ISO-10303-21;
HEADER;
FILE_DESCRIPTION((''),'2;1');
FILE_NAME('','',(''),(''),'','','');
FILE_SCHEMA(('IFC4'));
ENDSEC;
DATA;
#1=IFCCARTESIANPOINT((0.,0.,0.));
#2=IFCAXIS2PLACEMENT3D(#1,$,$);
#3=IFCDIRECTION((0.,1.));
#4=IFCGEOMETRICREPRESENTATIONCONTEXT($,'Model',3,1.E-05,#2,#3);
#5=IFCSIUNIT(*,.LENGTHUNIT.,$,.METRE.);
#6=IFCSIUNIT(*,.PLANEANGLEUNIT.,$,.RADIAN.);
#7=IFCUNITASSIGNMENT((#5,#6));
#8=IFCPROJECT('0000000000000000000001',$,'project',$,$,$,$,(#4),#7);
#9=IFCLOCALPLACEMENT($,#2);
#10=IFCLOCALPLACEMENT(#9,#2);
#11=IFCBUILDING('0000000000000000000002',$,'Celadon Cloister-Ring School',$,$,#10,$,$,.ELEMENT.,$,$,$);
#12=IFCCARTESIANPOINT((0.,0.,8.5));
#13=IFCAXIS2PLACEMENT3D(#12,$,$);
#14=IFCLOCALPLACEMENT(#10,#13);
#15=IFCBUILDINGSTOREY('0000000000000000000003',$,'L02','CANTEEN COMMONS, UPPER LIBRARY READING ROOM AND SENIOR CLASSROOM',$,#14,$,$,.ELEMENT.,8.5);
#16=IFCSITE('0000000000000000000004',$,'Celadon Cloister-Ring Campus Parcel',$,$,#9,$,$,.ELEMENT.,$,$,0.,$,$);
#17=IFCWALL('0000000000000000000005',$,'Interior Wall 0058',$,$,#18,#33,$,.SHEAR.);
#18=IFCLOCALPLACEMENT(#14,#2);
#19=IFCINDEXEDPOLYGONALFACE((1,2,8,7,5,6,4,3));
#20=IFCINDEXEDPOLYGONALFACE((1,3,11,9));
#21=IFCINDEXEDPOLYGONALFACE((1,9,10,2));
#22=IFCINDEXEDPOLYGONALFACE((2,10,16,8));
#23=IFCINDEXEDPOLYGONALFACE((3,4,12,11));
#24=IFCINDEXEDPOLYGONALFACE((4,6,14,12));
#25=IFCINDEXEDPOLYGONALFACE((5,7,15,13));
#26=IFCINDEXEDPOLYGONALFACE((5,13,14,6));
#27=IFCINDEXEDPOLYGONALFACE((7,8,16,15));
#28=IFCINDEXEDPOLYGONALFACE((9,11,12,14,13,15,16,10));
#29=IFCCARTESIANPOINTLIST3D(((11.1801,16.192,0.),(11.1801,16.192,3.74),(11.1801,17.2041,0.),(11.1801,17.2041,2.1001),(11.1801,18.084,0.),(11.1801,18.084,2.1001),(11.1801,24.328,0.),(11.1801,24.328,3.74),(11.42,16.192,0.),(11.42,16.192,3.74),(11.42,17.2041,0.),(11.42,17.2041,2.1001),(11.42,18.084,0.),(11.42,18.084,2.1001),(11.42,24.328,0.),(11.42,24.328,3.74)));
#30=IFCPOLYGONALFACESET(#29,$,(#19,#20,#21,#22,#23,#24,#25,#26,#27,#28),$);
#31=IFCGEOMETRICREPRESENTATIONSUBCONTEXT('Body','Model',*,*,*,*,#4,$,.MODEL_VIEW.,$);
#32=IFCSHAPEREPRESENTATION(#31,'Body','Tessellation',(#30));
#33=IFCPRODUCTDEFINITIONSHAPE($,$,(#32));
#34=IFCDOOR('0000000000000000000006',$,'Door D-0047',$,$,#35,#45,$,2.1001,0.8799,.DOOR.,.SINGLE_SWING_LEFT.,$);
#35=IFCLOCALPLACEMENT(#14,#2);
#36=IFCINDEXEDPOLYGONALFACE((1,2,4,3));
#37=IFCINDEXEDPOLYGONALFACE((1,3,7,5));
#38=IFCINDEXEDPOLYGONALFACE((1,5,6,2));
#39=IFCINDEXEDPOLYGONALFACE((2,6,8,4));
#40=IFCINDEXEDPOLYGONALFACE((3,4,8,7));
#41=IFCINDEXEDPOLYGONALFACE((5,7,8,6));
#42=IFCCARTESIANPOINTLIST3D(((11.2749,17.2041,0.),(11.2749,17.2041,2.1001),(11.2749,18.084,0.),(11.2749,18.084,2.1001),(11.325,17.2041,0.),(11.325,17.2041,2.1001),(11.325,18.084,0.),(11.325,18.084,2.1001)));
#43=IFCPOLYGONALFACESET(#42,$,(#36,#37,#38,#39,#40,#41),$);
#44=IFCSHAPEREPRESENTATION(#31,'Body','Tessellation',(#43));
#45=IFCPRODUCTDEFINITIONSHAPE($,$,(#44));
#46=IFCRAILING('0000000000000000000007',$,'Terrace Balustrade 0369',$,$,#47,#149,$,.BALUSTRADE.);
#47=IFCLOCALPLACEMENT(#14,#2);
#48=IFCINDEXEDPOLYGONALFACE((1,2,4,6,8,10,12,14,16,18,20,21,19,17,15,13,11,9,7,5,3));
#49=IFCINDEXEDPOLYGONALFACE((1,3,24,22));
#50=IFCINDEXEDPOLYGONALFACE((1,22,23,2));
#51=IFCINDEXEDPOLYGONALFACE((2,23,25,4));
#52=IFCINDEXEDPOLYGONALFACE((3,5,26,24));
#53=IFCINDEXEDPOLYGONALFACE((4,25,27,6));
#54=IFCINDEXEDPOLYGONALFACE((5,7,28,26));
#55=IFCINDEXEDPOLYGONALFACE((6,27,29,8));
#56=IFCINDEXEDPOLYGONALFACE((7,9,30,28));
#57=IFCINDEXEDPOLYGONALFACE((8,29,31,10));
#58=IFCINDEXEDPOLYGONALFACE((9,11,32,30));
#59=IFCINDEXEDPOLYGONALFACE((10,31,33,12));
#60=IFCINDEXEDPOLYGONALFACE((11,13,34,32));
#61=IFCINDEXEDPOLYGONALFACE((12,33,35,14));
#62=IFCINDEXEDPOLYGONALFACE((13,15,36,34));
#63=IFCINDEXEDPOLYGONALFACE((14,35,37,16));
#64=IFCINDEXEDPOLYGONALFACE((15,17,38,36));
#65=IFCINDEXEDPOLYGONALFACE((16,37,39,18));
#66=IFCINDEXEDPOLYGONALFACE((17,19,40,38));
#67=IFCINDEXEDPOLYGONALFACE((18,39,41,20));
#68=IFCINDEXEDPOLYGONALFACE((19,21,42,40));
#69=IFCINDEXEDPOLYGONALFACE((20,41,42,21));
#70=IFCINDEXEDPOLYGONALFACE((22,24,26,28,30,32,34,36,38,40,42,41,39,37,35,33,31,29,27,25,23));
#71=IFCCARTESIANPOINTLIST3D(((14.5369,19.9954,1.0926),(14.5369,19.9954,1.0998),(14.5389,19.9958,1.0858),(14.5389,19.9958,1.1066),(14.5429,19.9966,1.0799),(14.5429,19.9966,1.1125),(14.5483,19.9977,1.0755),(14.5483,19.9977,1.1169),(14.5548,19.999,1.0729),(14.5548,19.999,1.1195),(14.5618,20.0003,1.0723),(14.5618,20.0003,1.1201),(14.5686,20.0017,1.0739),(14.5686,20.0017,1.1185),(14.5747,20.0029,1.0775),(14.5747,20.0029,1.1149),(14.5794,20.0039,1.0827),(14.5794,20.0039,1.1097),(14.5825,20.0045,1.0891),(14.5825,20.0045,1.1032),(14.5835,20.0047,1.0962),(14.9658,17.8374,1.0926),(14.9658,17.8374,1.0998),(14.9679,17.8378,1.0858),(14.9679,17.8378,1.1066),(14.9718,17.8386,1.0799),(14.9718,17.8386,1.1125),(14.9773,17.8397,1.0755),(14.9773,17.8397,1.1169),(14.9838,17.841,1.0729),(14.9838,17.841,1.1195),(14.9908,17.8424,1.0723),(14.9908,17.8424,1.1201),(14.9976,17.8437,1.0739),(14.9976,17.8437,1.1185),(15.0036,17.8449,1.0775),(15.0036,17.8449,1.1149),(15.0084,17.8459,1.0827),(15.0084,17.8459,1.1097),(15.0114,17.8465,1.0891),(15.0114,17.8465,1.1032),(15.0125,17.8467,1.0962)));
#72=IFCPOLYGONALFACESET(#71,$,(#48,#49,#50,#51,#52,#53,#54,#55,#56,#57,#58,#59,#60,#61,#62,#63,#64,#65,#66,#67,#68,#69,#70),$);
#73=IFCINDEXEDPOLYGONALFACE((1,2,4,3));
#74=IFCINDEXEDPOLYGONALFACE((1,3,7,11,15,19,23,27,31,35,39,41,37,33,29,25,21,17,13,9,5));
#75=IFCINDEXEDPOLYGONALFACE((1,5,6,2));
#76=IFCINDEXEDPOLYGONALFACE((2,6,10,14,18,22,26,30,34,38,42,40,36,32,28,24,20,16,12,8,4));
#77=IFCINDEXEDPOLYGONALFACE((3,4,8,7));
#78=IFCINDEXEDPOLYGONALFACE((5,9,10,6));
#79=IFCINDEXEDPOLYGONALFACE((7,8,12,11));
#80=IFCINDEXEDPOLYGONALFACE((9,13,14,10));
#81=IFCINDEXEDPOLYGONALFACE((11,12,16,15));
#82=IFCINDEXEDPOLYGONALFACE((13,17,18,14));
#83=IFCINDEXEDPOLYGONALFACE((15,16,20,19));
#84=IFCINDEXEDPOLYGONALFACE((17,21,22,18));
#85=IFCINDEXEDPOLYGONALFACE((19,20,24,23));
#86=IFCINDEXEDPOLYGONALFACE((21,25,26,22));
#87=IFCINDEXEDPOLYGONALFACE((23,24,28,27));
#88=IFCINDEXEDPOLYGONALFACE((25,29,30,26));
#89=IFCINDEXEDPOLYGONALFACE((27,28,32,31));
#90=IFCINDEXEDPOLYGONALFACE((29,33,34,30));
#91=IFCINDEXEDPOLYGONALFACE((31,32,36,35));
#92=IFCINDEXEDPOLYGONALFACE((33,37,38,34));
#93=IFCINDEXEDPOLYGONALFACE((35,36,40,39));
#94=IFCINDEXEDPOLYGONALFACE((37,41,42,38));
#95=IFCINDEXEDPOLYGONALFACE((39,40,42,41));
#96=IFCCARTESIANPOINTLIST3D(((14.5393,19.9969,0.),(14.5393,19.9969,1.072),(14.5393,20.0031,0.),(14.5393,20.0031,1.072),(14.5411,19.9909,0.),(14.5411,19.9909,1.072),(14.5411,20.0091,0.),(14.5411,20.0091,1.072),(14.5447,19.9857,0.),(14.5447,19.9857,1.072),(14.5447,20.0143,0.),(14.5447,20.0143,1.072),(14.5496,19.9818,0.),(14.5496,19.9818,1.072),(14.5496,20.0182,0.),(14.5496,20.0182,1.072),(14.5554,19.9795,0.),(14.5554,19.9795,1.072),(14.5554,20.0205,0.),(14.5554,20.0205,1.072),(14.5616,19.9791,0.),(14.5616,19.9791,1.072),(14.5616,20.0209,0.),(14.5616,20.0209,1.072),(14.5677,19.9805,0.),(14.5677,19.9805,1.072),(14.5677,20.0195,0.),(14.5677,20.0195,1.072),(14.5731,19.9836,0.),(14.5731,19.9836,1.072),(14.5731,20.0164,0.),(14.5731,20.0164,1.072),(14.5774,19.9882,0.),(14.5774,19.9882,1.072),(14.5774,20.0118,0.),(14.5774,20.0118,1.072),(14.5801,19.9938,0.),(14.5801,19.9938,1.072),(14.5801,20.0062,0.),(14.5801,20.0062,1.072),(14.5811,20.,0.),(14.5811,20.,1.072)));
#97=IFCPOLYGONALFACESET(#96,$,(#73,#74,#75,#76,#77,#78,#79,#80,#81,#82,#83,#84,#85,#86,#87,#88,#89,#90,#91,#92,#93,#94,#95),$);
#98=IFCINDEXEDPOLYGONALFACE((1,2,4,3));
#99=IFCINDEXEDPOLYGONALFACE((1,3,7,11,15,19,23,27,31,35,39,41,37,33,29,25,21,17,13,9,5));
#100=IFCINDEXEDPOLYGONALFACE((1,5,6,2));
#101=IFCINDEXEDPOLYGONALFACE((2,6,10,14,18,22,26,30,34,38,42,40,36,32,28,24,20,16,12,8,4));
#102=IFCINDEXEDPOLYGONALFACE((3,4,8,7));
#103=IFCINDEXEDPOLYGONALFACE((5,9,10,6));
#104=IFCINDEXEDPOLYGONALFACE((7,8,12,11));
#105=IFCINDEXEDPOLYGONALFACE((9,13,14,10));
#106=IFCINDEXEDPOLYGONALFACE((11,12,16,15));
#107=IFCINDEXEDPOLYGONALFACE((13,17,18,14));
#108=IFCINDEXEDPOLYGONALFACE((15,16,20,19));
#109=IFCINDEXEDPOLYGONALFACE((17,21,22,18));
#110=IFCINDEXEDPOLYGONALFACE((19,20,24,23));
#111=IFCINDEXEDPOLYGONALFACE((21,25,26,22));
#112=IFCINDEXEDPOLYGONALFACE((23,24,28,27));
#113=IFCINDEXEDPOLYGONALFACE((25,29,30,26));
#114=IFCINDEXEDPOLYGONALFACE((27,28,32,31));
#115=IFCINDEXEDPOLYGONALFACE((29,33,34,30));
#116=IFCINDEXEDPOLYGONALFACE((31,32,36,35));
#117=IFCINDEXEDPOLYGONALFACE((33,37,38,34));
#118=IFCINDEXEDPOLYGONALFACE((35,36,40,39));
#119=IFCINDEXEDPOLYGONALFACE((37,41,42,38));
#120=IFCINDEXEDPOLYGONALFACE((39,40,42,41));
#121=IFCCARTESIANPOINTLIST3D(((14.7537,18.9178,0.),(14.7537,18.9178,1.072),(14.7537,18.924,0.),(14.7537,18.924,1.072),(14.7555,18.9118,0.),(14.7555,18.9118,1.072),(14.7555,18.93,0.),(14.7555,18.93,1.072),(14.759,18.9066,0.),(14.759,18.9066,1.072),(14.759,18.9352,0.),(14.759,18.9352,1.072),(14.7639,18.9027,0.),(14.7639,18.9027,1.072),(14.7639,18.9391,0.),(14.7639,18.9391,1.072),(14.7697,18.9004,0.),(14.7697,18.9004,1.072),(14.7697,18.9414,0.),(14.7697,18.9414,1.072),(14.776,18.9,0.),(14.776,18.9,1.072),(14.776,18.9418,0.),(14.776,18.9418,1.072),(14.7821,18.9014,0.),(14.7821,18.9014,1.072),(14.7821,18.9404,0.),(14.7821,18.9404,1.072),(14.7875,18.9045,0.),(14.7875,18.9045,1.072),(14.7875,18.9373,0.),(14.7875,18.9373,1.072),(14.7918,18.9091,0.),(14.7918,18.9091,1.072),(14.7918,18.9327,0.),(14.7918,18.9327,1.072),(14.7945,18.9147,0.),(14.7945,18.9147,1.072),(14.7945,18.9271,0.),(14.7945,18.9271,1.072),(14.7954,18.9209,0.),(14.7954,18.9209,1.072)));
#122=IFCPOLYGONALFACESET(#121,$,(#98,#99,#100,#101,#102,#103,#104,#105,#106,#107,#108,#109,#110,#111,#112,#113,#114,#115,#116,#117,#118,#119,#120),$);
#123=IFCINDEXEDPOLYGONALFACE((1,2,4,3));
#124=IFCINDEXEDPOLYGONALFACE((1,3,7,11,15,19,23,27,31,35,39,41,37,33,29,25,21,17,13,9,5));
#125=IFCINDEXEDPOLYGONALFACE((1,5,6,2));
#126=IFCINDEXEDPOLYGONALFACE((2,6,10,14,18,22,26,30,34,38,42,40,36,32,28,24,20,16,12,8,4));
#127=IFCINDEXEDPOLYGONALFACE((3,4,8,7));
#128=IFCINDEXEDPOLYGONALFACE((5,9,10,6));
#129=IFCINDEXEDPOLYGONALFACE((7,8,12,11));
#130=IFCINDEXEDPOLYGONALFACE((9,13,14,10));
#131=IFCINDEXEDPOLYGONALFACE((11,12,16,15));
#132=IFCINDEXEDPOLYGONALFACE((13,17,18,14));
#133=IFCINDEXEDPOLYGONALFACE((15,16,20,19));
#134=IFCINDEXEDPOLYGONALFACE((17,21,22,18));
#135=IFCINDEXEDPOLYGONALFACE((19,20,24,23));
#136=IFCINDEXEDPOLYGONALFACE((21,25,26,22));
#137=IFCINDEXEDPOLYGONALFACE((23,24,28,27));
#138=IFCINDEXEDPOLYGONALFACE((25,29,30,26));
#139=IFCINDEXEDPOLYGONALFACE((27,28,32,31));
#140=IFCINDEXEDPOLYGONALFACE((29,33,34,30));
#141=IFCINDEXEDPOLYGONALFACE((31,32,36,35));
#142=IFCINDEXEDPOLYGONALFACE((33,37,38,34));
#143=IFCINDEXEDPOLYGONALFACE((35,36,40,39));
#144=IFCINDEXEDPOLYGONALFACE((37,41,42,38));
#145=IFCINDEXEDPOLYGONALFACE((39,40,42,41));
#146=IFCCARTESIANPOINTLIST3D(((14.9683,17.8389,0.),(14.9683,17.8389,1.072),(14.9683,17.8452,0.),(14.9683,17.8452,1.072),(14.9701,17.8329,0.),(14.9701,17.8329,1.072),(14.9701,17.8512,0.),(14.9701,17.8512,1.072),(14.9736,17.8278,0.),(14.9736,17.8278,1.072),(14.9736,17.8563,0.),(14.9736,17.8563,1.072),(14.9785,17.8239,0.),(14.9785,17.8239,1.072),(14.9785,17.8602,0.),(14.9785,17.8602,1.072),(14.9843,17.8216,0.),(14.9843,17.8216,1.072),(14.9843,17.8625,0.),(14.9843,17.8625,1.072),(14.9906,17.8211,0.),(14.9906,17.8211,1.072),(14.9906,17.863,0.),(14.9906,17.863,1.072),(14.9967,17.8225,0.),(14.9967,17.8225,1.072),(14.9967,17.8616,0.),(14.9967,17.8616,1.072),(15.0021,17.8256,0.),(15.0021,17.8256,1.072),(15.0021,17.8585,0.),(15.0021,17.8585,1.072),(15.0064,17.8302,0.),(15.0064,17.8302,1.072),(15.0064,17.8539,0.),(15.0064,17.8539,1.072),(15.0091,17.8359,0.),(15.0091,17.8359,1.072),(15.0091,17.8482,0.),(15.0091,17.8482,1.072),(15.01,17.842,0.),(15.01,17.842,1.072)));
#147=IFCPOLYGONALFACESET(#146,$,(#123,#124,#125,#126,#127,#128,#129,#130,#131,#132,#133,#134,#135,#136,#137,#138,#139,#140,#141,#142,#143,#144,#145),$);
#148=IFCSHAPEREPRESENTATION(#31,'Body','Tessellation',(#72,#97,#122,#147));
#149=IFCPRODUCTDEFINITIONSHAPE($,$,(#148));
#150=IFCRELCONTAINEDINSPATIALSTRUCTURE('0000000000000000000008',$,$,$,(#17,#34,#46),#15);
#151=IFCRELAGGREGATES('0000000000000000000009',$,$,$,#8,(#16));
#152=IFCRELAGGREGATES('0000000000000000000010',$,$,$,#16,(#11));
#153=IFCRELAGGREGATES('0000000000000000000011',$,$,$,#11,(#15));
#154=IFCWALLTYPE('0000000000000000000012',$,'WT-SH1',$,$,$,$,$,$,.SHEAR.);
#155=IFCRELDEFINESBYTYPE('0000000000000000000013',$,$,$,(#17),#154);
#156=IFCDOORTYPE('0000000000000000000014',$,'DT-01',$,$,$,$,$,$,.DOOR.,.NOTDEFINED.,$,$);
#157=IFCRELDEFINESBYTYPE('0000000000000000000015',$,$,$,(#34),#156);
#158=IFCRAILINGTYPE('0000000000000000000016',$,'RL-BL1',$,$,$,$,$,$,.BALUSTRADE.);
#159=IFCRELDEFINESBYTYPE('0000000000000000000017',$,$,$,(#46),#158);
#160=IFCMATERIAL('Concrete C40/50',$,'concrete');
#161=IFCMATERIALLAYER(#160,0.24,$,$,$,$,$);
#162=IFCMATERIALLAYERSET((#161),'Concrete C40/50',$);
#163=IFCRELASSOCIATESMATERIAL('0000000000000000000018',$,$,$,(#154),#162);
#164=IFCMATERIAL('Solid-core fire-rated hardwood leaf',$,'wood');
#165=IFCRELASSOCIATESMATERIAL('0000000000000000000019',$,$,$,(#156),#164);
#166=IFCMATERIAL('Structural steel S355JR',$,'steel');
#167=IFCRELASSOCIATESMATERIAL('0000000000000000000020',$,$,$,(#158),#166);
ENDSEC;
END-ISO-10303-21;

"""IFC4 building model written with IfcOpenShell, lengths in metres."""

from ifc_helpers import new_model, si_unit, direction, frame, frame_2d, origin, origin_2d, place, context, subcontext, project, spatial, rectangle, circle, extrude, material, layer, layer_set, type_object, element, fill, save


model = new_model("IFC4")

# Units and contexts
model_context = context("Model", 3, precision=1e-05, world=origin(), true_north=direction((0.0, 1.0)))
body_context = subcontext(model_context, "Body", "Model", "MODEL_VIEW")
ifc_project = project(units=[si_unit("LENGTHUNIT", "METRE"), si_unit("PLANEANGLEUNIT", "RADIAN")], contexts=[model_context])

# Site, building, storey
site_placement = place(None, origin())
site = spatial("IfcSite", under=ifc_project, at=site_placement, Name="Celadon Cloister-Ring Campus Parcel", CompositionType="ELEMENT", RefElevation=0.0)
building_placement = place(site_placement, origin())
building = spatial("IfcBuilding", under=site, at=building_placement, Name="Celadon Cloister-Ring School", CompositionType="ELEMENT")
storey_placement = place(building_placement, frame((0.0, 0.0, 8.5)))
storey = spatial("IfcBuildingStorey", under=building, at=storey_placement, Name="L02", Description="CANTEEN COMMONS, UPPER LIBRARY READING ROOM AND SENIOR CLASSROOM", CompositionType="ELEMENT", Elevation=8.5)

# Wall, opening, door
ifc_material_1 = material(Name="Concrete C40/50", Category="concrete")
ifc_layer_1 = layer(ifc_material_1, 0.24)
ifc_layer_set_1 = layer_set([ifc_layer_1], Name="Concrete C40/50")
wall_type_1 = type_object("IfcWallType", Name="WT-SH1", PredefinedType="SHEAR", material=ifc_layer_set_1)
wall_1_placement = place(storey_placement, frame((11.3, 24.3279, 0.0), z_axis=(0.0, 0.0, 1.0), x_axis=(0.0, -1.0, 0.0)))
wall_1 = element("IfcWall", 1, at=wall_1_placement, inside=storey, type_object=wall_type_1, Name="Interior Wall 0058", PredefinedType="SHEAR", context=body_context, shape_type="SweptSolid", body=[
    extrude(rectangle(XDim=8.136, YDim=0.24, at=frame_2d((4.0679, 0.0))), origin(), (0.0, 0.0, 1.0), 3.74),
])
opening_1_placement = place(wall_1_placement, frame((6.2439, 0.0, 0.0)))
opening_1 = element("IfcOpeningElement", 2, at=opening_1_placement, cuts=wall_1, PredefinedType="OPENING", context=body_context, shape_type="SweptSolid", body=[
    extrude(rectangle(XDim=0.8799, YDim=2.1001, at=frame_2d((0.4399, 1.05))), frame((0.0, 0.1299, 0.0), z_axis=(0.0, -1.0, 0.0), x_axis=(1.0, 0.0, 0.0)), (0.0, 0.0, 1.0), 0.26),
])
ifc_material_2 = material(Name="Solid-core fire-rated hardwood leaf", Category="wood")
door_type_1 = type_object("IfcDoorType", Name="DT-01", OperationType="NOTDEFINED", PredefinedType="DOOR", material=ifc_material_2)
door_1_placement = place(opening_1_placement, origin())
door_1 = element("IfcDoor", 3, at=door_1_placement, inside=storey, type_object=door_type_1, Name="Door D-0047", OperationType="SINGLE_SWING_LEFT", OverallHeight=2.1001, OverallWidth=0.8799, PredefinedType="DOOR", context=body_context, shape_type="SweptSolid", body=[
    extrude(rectangle(XDim=0.8799, YDim=2.1001, at=frame_2d((0.4399, 1.05))), frame((0.0, 0.0249, 0.0), z_axis=(0.0, -1.0, 0.0), x_axis=(1.0, 0.0, 0.0)), (0.0, 0.0, 1.0), 0.05),
])
fill(opening_1, door_1)

# Railing
ifc_material_3 = material(Name="Structural steel S355JR", Category="steel")
railing_type = type_object("IfcRailingType", Name="RL-BL1", PredefinedType="BALUSTRADE", material=ifc_material_3)
railing_placement = place(storey_placement, frame((14.5601, 20.0, 0.0)))
element("IfcRailing", 4, at=railing_placement, inside=storey, type_object=railing_type, Name="Terrace Balustrade 0369", PredefinedType="BALUSTRADE", context=body_context, shape_type="SweptSolid", body=[
    extrude(circle(Radius=0.0239, at=origin_2d()), frame((0.0, 0.0, 1.0962), z_axis=(0.194964, -0.98081, 0.0), x_axis=(0.98081, 0.194964, 0.0)), (0.0, 0.0, 1.0), 2.2002),
    extrude(circle(Radius=0.021, at=origin_2d()), origin(), (0.0, 0.0, 1.0), 1.072),
    extrude(circle(Radius=0.021, at=origin_2d()), frame((0.2144, -1.0791, 0.0)), (0.0, 0.0, 1.0), 1.072),
    extrude(circle(Radius=0.021, at=origin_2d()), frame((0.429, -2.158, 0.0)), (0.0, 0.0, 1.0), 1.072),
])

save(model, "model.ifc")
